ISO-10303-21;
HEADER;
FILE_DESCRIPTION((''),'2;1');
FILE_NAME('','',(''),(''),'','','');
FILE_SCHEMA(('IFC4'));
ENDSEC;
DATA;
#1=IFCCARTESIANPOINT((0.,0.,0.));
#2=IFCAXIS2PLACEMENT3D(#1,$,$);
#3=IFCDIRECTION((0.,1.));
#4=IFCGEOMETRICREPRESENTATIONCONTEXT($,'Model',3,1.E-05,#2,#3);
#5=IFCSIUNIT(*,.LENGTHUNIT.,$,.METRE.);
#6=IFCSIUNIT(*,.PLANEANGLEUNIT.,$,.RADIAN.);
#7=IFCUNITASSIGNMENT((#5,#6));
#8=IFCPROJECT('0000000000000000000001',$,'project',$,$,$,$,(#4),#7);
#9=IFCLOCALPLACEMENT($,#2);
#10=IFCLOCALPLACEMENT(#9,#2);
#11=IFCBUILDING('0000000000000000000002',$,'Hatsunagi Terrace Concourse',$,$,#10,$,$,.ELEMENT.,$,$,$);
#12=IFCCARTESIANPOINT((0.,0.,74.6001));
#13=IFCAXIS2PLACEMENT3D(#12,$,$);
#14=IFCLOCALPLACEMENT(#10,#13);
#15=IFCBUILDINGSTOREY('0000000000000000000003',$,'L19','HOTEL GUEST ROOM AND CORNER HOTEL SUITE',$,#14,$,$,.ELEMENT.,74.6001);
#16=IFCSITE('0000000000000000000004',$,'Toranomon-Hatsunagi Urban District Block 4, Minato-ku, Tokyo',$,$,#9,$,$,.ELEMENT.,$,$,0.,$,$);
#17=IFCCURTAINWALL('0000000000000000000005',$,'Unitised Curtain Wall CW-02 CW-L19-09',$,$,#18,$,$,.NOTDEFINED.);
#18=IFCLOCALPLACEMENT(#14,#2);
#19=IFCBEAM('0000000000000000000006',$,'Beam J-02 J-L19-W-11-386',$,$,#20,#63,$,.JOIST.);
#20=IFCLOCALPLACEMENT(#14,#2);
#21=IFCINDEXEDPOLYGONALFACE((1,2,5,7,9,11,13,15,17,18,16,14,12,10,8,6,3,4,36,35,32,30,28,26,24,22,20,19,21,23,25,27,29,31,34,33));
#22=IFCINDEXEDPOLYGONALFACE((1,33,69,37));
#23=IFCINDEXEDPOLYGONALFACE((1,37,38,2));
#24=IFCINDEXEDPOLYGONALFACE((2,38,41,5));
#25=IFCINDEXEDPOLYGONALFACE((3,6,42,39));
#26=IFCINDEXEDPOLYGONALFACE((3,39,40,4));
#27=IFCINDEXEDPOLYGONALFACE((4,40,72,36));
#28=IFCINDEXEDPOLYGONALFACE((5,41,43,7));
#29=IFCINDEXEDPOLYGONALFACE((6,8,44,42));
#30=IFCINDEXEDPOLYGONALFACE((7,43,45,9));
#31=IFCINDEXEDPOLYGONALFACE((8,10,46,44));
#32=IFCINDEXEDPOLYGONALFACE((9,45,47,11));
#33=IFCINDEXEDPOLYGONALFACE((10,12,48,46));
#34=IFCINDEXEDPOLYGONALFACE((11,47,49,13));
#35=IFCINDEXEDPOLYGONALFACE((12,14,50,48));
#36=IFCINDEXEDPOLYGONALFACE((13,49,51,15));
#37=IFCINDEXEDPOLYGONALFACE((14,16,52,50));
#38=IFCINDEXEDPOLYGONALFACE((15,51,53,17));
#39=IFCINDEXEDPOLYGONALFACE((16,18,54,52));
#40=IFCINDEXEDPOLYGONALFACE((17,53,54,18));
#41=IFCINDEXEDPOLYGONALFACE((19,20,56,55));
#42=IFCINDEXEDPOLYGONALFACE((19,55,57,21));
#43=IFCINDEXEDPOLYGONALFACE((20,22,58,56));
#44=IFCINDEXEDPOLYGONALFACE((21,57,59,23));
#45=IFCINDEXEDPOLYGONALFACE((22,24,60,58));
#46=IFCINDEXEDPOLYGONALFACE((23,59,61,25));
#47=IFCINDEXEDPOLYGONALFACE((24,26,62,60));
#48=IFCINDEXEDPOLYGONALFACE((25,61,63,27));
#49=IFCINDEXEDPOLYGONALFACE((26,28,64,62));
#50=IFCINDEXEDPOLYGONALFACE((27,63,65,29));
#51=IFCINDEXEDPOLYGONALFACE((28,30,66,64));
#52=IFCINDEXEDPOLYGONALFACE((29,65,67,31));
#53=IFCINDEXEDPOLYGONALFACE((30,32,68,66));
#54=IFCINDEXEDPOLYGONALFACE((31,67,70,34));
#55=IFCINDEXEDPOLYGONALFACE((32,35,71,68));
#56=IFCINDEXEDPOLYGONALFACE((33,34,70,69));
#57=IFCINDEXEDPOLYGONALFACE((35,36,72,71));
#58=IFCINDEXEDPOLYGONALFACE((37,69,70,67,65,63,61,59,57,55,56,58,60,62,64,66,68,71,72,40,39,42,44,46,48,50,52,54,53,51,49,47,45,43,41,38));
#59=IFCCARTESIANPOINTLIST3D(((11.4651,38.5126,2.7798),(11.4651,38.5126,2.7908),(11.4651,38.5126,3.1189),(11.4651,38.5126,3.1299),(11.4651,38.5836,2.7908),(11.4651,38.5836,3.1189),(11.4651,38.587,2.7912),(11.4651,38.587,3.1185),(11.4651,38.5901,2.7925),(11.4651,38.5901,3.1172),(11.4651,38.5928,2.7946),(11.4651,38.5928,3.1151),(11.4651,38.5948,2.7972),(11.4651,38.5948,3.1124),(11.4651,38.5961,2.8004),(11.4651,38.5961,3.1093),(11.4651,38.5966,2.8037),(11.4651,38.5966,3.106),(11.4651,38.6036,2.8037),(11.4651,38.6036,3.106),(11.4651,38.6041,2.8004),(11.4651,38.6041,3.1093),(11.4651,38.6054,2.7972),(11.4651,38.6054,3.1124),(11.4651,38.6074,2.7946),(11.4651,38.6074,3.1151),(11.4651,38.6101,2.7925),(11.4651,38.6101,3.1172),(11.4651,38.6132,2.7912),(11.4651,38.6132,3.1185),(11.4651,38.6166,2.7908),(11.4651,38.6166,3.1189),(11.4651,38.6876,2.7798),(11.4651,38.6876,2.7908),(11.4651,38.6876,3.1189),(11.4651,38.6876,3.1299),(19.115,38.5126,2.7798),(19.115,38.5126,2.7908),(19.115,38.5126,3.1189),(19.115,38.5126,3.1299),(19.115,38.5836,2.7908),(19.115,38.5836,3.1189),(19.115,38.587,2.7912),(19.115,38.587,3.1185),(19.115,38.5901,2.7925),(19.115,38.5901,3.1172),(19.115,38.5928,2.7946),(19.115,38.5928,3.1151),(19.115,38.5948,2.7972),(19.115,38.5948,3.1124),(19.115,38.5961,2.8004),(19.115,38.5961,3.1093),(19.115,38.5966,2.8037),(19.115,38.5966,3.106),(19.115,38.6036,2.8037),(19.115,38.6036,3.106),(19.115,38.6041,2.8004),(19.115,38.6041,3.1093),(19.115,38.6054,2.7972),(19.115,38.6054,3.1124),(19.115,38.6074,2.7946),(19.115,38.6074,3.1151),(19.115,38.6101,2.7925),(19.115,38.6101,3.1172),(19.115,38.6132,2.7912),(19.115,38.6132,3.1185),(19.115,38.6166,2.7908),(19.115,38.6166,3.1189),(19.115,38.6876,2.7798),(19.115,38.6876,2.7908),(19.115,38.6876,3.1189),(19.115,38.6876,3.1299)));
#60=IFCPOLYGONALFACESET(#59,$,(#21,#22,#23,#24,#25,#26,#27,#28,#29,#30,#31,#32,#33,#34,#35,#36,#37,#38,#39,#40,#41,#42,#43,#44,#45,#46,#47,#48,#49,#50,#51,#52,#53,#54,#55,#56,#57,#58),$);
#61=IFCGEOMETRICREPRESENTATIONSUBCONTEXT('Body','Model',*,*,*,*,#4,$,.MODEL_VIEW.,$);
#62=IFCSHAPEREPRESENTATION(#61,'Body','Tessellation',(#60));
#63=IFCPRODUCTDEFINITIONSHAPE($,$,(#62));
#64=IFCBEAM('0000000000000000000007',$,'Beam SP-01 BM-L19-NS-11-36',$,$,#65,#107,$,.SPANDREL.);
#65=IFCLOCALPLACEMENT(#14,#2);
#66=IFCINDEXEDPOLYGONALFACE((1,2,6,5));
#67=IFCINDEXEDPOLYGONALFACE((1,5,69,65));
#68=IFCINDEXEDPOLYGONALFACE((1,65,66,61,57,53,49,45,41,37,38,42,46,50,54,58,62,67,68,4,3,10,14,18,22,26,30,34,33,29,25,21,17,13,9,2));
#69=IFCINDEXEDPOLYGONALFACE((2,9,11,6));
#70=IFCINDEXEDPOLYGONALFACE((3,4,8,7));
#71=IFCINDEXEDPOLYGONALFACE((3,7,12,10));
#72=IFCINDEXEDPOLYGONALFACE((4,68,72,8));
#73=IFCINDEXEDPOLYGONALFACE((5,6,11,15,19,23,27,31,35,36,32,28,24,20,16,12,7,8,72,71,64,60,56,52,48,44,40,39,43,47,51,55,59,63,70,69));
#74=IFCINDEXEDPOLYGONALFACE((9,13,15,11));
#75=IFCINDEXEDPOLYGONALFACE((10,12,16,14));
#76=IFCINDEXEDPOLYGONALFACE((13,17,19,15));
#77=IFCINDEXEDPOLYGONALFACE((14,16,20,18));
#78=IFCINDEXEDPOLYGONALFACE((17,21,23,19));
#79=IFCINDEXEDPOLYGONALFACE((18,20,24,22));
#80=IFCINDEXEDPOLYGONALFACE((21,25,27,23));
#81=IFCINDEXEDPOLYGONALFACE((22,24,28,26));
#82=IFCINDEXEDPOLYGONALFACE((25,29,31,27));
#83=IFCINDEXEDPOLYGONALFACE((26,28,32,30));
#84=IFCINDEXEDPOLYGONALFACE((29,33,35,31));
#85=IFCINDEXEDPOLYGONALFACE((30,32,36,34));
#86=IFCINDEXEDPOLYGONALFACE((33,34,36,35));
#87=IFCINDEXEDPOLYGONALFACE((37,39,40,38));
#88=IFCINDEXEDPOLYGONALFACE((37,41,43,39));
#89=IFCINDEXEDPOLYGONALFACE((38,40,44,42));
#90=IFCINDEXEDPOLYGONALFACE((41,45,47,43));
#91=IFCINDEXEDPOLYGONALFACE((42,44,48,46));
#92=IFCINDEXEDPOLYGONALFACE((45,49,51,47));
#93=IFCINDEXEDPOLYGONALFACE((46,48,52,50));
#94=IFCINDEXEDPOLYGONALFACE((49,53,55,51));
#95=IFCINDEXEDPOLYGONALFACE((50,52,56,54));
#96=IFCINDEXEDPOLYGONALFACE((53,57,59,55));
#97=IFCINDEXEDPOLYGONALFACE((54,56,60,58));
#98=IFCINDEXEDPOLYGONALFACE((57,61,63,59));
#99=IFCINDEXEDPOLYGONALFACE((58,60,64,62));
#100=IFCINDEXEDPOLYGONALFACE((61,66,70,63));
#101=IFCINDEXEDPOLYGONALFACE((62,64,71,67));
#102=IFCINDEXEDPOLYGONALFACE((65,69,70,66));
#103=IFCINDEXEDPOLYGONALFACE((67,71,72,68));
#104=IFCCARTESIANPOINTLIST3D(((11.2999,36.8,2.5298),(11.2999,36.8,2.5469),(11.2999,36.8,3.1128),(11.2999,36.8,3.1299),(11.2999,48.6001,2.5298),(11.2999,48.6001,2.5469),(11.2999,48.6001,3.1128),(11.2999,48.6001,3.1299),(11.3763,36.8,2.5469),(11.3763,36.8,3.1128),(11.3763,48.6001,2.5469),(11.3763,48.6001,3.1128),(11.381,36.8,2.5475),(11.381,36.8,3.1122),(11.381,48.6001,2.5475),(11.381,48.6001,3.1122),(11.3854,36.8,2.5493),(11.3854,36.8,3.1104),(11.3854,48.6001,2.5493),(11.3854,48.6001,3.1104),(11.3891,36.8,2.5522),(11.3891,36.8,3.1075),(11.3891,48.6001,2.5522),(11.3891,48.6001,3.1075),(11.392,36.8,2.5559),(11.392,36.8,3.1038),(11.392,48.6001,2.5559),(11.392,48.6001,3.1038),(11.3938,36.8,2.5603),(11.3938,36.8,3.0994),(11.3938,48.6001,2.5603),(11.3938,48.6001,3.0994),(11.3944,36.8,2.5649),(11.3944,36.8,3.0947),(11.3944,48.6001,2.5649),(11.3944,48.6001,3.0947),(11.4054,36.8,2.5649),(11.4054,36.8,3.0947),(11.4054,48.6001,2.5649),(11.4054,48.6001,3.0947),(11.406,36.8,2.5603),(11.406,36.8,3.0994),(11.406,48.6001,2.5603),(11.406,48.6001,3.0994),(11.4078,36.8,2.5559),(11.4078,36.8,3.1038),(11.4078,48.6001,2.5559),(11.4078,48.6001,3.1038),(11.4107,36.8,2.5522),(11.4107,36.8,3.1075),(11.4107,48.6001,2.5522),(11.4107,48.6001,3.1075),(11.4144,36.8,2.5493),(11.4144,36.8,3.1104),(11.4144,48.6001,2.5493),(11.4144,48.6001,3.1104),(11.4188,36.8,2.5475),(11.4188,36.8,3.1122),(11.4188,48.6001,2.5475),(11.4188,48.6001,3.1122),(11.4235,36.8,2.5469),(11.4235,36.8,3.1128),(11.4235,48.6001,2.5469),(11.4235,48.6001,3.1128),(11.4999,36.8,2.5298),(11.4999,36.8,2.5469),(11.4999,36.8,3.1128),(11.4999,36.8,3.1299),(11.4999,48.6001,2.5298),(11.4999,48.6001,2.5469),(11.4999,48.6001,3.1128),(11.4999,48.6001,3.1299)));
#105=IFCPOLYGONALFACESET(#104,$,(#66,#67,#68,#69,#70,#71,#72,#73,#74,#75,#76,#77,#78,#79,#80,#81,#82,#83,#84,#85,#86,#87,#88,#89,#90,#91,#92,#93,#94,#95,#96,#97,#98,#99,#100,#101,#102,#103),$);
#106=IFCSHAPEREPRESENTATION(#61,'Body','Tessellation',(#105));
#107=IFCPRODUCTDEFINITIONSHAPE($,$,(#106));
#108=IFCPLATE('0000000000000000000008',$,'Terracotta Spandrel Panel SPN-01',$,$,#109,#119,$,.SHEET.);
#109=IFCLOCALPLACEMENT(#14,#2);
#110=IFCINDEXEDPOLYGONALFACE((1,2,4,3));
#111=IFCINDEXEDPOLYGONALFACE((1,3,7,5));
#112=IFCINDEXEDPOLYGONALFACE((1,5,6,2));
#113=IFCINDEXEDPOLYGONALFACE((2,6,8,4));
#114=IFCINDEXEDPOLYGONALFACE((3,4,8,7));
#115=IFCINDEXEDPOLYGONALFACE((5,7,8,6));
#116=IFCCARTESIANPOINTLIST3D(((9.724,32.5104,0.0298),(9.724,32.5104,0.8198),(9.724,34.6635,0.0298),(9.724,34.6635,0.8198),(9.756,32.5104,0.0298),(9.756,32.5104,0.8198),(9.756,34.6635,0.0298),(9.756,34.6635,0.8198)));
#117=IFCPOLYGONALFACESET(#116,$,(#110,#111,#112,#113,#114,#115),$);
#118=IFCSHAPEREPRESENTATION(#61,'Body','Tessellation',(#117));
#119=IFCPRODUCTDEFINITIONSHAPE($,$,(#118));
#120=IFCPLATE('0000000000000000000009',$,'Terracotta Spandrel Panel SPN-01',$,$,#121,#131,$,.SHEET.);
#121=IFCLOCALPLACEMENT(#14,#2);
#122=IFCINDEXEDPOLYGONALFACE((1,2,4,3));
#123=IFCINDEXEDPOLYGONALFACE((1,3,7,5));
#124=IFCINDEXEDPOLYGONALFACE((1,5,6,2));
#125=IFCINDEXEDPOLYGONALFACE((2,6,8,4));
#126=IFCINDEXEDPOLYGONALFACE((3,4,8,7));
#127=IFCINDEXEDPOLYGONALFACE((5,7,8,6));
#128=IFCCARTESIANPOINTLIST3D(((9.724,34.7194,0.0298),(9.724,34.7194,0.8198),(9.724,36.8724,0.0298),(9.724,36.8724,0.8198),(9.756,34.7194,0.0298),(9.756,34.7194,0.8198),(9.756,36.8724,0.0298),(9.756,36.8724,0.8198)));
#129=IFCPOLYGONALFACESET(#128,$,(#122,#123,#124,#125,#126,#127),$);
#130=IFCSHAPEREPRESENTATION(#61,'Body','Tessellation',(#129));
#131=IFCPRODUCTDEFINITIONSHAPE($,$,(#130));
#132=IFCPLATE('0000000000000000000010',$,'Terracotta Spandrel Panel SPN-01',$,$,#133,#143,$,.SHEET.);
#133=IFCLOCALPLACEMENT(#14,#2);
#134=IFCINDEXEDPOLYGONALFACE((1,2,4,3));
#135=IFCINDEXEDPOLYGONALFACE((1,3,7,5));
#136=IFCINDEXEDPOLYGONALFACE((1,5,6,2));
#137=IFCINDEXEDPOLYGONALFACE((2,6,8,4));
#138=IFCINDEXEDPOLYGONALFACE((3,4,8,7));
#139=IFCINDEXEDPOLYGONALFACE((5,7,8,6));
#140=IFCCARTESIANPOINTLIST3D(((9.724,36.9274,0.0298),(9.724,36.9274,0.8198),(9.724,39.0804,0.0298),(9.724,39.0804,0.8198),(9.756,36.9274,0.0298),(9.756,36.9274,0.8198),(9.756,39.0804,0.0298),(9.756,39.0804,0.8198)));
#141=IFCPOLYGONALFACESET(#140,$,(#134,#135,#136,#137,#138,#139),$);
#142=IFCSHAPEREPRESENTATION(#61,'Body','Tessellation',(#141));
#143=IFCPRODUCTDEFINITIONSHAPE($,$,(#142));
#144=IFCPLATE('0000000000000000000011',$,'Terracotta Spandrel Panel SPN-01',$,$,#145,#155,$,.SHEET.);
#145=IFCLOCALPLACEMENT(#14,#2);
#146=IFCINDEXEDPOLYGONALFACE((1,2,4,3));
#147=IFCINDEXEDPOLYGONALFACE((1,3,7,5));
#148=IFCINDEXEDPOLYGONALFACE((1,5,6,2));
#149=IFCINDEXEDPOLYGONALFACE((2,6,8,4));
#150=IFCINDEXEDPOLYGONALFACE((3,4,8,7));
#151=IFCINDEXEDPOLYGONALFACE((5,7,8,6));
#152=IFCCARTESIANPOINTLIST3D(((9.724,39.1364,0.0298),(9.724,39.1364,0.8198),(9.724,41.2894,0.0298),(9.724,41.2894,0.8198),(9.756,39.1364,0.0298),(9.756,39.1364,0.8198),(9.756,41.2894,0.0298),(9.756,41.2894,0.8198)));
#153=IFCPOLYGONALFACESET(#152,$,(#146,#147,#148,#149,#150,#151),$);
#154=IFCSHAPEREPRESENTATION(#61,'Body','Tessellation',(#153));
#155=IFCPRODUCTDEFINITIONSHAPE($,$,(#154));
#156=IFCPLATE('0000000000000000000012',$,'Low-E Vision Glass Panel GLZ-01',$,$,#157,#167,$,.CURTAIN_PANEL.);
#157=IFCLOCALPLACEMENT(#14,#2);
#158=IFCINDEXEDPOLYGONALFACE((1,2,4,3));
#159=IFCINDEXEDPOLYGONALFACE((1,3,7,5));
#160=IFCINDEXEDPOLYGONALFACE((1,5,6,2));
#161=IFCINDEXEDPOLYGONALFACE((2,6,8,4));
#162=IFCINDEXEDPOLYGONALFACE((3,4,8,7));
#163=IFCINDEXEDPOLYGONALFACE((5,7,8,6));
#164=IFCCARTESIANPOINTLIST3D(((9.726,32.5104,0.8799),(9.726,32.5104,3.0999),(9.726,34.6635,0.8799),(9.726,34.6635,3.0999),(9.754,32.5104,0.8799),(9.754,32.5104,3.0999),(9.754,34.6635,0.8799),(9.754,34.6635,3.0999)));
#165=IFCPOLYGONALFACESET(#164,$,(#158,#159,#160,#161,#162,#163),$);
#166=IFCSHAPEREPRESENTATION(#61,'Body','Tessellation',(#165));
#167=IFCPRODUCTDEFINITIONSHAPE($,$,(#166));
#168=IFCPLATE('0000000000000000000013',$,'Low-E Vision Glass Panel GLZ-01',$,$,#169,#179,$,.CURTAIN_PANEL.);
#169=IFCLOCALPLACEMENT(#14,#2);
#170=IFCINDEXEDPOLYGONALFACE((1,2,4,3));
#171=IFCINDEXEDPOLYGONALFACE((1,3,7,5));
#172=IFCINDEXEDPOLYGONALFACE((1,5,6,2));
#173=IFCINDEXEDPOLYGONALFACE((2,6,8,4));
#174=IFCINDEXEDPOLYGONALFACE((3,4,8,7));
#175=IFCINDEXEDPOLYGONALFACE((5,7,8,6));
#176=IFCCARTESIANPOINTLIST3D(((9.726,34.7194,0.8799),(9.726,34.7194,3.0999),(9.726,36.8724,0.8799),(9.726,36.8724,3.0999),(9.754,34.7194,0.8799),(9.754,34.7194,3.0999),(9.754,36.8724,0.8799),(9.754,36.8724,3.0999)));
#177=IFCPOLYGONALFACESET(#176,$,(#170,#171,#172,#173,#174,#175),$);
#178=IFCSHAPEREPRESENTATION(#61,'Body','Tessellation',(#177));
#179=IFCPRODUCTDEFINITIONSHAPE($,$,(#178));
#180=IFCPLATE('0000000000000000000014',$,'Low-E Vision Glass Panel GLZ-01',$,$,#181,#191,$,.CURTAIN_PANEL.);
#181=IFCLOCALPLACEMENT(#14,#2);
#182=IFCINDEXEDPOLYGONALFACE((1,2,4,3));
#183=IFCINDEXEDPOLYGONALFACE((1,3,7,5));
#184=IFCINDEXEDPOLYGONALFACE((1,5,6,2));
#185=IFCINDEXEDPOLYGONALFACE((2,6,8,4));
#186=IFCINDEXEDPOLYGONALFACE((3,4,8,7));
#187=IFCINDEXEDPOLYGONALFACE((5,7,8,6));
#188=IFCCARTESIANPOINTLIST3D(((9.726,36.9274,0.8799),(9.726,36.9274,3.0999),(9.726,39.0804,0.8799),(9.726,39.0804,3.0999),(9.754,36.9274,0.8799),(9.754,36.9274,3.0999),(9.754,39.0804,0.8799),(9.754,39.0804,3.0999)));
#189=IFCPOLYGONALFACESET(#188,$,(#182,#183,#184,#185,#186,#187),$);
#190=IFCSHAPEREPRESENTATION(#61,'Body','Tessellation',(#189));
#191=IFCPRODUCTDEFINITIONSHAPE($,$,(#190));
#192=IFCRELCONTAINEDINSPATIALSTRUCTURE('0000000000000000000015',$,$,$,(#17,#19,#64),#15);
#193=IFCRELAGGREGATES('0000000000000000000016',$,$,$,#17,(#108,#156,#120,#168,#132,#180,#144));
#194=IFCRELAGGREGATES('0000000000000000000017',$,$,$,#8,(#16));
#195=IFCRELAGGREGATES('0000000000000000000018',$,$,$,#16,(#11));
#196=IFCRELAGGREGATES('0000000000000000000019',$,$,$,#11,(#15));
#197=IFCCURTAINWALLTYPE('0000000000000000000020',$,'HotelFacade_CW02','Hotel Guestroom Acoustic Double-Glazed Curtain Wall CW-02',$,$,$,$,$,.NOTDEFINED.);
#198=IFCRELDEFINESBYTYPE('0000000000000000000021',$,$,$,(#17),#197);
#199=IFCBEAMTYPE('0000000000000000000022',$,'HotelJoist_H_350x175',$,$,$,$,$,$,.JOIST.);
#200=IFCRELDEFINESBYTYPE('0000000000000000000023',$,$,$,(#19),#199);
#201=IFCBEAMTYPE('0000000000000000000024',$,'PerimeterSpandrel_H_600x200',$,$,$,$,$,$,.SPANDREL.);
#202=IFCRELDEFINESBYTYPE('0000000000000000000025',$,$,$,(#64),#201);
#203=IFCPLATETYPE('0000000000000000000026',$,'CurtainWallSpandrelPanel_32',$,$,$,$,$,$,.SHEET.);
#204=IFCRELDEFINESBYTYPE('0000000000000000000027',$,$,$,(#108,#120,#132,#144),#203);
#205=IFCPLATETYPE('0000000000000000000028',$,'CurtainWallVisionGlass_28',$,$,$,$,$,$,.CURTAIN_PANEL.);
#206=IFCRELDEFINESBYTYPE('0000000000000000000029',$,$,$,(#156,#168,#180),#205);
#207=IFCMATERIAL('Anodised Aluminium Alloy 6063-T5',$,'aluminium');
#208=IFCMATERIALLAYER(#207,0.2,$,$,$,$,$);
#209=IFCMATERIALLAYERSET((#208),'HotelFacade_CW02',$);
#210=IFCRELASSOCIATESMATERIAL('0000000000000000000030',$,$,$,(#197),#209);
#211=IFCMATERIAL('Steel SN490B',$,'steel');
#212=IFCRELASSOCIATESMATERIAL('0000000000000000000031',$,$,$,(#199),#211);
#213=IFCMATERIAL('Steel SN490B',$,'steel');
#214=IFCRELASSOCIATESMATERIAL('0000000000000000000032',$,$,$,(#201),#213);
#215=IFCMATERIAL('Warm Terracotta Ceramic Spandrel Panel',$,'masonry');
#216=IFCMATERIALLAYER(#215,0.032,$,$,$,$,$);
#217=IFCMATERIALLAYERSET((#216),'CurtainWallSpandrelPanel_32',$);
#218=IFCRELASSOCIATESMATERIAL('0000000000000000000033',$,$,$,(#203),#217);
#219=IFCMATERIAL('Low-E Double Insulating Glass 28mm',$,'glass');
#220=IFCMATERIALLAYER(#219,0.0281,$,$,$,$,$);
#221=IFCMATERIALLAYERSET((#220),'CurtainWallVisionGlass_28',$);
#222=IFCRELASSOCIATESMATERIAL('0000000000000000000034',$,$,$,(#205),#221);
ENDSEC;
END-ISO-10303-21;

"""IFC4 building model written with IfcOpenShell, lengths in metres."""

from ifc_helpers import new_model, si_unit, direction, frame, origin, origin_2d, place, context, subcontext, project, spatial, rectangle, i_section, extrude, material, layer, layer_set, material_profile, profile_set, type_object, element, aggregate, save


model = new_model("IFC4")

# Units and contexts
model_context = context("Model", 3, precision=1e-05, world=origin(), true_north=direction((0.0, 1.0)))
body_context = subcontext(model_context, "Body", "Model", "MODEL_VIEW")
ifc_project = project(units=[si_unit("LENGTHUNIT", "METRE"), si_unit("PLANEANGLEUNIT", "RADIAN")], contexts=[model_context])

# Site, building, storey
site_placement = place(None, origin())
site = spatial("IfcSite", under=ifc_project, at=site_placement, Name="Toranomon-Hatsunagi Urban District Block 4, Minato-ku, Tokyo", CompositionType="ELEMENT", RefElevation=0.0)
building_placement = place(site_placement, origin())
building = spatial("IfcBuilding", under=site, at=building_placement, Name="Hatsunagi Terrace Concourse", CompositionType="ELEMENT")
storey_placement = place(building_placement, frame((0.0, 0.0, 74.6001)))
storey = spatial("IfcBuildingStorey", under=building, at=storey_placement, Name="L19", Description="HOTEL GUEST ROOM AND CORNER HOTEL SUITE", CompositionType="ELEMENT", Elevation=74.6001)

# Curtain wall
ifc_material_1 = material(Name="Anodised Aluminium Alloy 6063-T5", Category="aluminium")
ifc_layer_1 = layer(ifc_material_1, 0.2)
ifc_layer_set_1 = layer_set([ifc_layer_1], Name="HotelFacade_CW02")
curtain_wall_type = type_object("IfcCurtainWallType", Name="HotelFacade_CW02", Description="Hotel Guestroom Acoustic Double-Glazed Curtain Wall CW-02", PredefinedType="NOTDEFINED", material=ifc_layer_set_1)
curtain_wall_placement = place(storey_placement, origin())
curtain_wall = element("IfcCurtainWall", 1, at=curtain_wall_placement, inside=storey, type_object=curtain_wall_type, Name="Unitised Curtain Wall CW-02 CW-L19-09", PredefinedType="NOTDEFINED")

# Beams
ifc_material_2 = material(Name="Steel SN490B", Category="steel")
ifc_material_profile_1 = material_profile(ifc_material_2, i_section(OverallWidth=0.175, OverallDepth=0.3501, WebThickness=0.0071, FlangeThickness=0.011, FilletRadius=0.0129, at=origin_2d()), Name="H-350x175x7x11")
ifc_profile_set_1 = profile_set([ifc_material_profile_1], Name="Steel SN490B")
beam_type_1 = type_object("IfcBeamType", Name="HotelJoist_H_350x175", PredefinedType="JOIST", material=ifc_profile_set_1)
for number, where, z_axis, x_axis, name in (
    (2, (11.4651, 38.6001, 2.9548), (1.0, 0.0, 0.0), (0.0, 1.0, 0.0), "Beam J-02 J-L19-W-11-386"),
):
    element("IfcBeam", number, at=place(storey_placement, frame(where, z_axis=z_axis, x_axis=x_axis)), inside=storey, type_object=beam_type_1, Name=name, PredefinedType="JOIST", context=body_context, shape_type="SweptSolid", body=[
        extrude(i_section(OverallWidth=0.175, OverallDepth=0.3501, WebThickness=0.0071, FlangeThickness=0.011, FilletRadius=0.0129, at=origin_2d()), origin(), (0.0, 0.0, 1.0), 7.6499),
    ])
ifc_material_3 = material(Name="Steel SN490B", Category="steel")
ifc_material_profile_2 = material_profile(ifc_material_3, i_section(OverallWidth=0.2, OverallDepth=0.6001, WebThickness=0.011, FlangeThickness=0.0171, FilletRadius=0.0181, at=origin_2d()), Name="H-600x200x11x17")
ifc_profile_set_2 = profile_set([ifc_material_profile_2], Name="Steel SN490B")
beam_type_2 = type_object("IfcBeamType", Name="PerimeterSpandrel_H_600x200", PredefinedType="SPANDREL", material=ifc_profile_set_2)
beam_1_placement = place(storey_placement, frame((11.3999, 36.8, 2.8298), z_axis=(0.0, 1.0, 0.0), x_axis=(-1.0, 0.0, 0.0)))
element("IfcBeam", 3, at=beam_1_placement, inside=storey, type_object=beam_type_2, Name="Beam SP-01 BM-L19-NS-11-36", PredefinedType="SPANDREL", context=body_context, shape_type="SweptSolid", body=[
    extrude(i_section(OverallWidth=0.2, OverallDepth=0.6001, WebThickness=0.011, FlangeThickness=0.0171, FilletRadius=0.0181, at=origin_2d()), origin(), (0.0, 0.0, 1.0), 11.8),
])

# Plates
ifc_material_4 = material(Name="Warm Terracotta Ceramic Spandrel Panel", Category="masonry")
ifc_layer_2 = layer(ifc_material_4, 0.032)
ifc_layer_set_2 = layer_set([ifc_layer_2], Name="CurtainWallSpandrelPanel_32")
plate_type_1 = type_object("IfcPlateType", Name="CurtainWallSpandrelPanel_32", PredefinedType="SHEET", material=ifc_layer_set_2)
plate_1_placement = place(storey_placement, frame((9.74, 33.5869, 0.0298), z_axis=(0.0, 0.0, 1.0), x_axis=(0.0, 1.0, 0.0)))
plate_1 = element("IfcPlate", 4, at=plate_1_placement, type_object=plate_type_1, Name="Terracotta Spandrel Panel SPN-01", PredefinedType="SHEET", context=body_context, shape_type="SweptSolid", body=[
    extrude(rectangle(XDim=2.1531, YDim=0.032, at=origin_2d()), origin(), (0.0, 0.0, 1.0), 0.79),
])
plate_2_placement = place(storey_placement, frame((9.74, 35.7959, 0.0298), z_axis=(0.0, 0.0, 1.0), x_axis=(0.0, 1.0, 0.0)))
plate_2 = element("IfcPlate", 5, at=plate_2_placement, type_object=plate_type_1, Name="Terracotta Spandrel Panel SPN-01", PredefinedType="SHEET", context=body_context, shape_type="SweptSolid", body=[
    extrude(rectangle(XDim=2.1531, YDim=0.032, at=origin_2d()), origin(), (0.0, 0.0, 1.0), 0.79),
])
plate_3_placement = place(storey_placement, frame((9.74, 38.0039, 0.0298), z_axis=(0.0, 0.0, 1.0), x_axis=(0.0, 1.0, 0.0)))
plate_3 = element("IfcPlate", 6, at=plate_3_placement, type_object=plate_type_1, Name="Terracotta Spandrel Panel SPN-01", PredefinedType="SHEET", context=body_context, shape_type="SweptSolid", body=[
    extrude(rectangle(XDim=2.1531, YDim=0.032, at=origin_2d()), origin(), (0.0, 0.0, 1.0), 0.79),
])
plate_4_placement = place(storey_placement, frame((9.74, 40.2129, 0.0298), z_axis=(0.0, 0.0, 1.0), x_axis=(0.0, 1.0, 0.0)))
plate_4 = element("IfcPlate", 7, at=plate_4_placement, type_object=plate_type_1, Name="Terracotta Spandrel Panel SPN-01", PredefinedType="SHEET", context=body_context, shape_type="SweptSolid", body=[
    extrude(rectangle(XDim=2.1531, YDim=0.032, at=origin_2d()), origin(), (0.0, 0.0, 1.0), 0.79),
])
ifc_material_5 = material(Name="Low-E Double Insulating Glass 28mm", Category="glass")
ifc_layer_3 = layer(ifc_material_5, 0.0281)
ifc_layer_set_3 = layer_set([ifc_layer_3], Name="CurtainWallVisionGlass_28")
plate_type_2 = type_object("IfcPlateType", Name="CurtainWallVisionGlass_28", PredefinedType="CURTAIN_PANEL", material=ifc_layer_set_3)
plate_5_placement = place(storey_placement, frame((9.74, 33.5869, 0.8799), z_axis=(0.0, 0.0, 1.0), x_axis=(0.0, 1.0, 0.0)))
plate_5 = element("IfcPlate", 8, at=plate_5_placement, type_object=plate_type_2, Name="Low-E Vision Glass Panel GLZ-01", PredefinedType="CURTAIN_PANEL", context=body_context, shape_type="SweptSolid", body=[
    extrude(rectangle(XDim=2.1531, YDim=0.0281, at=origin_2d()), origin(), (0.0, 0.0, 1.0), 2.22),
])
plate_6_placement = place(storey_placement, frame((9.74, 35.7959, 0.8799), z_axis=(0.0, 0.0, 1.0), x_axis=(0.0, 1.0, 0.0)))
plate_6 = element("IfcPlate", 9, at=plate_6_placement, type_object=plate_type_2, Name="Low-E Vision Glass Panel GLZ-01", PredefinedType="CURTAIN_PANEL", context=body_context, shape_type="SweptSolid", body=[
    extrude(rectangle(XDim=2.1531, YDim=0.0281, at=origin_2d()), origin(), (0.0, 0.0, 1.0), 2.22),
])
plate_7_placement = place(storey_placement, frame((9.74, 38.0039, 0.8799), z_axis=(0.0, 0.0, 1.0), x_axis=(0.0, 1.0, 0.0)))
plate_7 = element("IfcPlate", 10, at=plate_7_placement, type_object=plate_type_2, Name="Low-E Vision Glass Panel GLZ-01", PredefinedType="CURTAIN_PANEL", context=body_context, shape_type="SweptSolid", body=[
    extrude(rectangle(XDim=2.1531, YDim=0.0281, at=origin_2d()), origin(), (0.0, 0.0, 1.0), 2.22),
])
aggregate(curtain_wall, [plate_1, plate_5, plate_2, plate_6, plate_3, plate_7, plate_4])

save(model, "model.ifc")
